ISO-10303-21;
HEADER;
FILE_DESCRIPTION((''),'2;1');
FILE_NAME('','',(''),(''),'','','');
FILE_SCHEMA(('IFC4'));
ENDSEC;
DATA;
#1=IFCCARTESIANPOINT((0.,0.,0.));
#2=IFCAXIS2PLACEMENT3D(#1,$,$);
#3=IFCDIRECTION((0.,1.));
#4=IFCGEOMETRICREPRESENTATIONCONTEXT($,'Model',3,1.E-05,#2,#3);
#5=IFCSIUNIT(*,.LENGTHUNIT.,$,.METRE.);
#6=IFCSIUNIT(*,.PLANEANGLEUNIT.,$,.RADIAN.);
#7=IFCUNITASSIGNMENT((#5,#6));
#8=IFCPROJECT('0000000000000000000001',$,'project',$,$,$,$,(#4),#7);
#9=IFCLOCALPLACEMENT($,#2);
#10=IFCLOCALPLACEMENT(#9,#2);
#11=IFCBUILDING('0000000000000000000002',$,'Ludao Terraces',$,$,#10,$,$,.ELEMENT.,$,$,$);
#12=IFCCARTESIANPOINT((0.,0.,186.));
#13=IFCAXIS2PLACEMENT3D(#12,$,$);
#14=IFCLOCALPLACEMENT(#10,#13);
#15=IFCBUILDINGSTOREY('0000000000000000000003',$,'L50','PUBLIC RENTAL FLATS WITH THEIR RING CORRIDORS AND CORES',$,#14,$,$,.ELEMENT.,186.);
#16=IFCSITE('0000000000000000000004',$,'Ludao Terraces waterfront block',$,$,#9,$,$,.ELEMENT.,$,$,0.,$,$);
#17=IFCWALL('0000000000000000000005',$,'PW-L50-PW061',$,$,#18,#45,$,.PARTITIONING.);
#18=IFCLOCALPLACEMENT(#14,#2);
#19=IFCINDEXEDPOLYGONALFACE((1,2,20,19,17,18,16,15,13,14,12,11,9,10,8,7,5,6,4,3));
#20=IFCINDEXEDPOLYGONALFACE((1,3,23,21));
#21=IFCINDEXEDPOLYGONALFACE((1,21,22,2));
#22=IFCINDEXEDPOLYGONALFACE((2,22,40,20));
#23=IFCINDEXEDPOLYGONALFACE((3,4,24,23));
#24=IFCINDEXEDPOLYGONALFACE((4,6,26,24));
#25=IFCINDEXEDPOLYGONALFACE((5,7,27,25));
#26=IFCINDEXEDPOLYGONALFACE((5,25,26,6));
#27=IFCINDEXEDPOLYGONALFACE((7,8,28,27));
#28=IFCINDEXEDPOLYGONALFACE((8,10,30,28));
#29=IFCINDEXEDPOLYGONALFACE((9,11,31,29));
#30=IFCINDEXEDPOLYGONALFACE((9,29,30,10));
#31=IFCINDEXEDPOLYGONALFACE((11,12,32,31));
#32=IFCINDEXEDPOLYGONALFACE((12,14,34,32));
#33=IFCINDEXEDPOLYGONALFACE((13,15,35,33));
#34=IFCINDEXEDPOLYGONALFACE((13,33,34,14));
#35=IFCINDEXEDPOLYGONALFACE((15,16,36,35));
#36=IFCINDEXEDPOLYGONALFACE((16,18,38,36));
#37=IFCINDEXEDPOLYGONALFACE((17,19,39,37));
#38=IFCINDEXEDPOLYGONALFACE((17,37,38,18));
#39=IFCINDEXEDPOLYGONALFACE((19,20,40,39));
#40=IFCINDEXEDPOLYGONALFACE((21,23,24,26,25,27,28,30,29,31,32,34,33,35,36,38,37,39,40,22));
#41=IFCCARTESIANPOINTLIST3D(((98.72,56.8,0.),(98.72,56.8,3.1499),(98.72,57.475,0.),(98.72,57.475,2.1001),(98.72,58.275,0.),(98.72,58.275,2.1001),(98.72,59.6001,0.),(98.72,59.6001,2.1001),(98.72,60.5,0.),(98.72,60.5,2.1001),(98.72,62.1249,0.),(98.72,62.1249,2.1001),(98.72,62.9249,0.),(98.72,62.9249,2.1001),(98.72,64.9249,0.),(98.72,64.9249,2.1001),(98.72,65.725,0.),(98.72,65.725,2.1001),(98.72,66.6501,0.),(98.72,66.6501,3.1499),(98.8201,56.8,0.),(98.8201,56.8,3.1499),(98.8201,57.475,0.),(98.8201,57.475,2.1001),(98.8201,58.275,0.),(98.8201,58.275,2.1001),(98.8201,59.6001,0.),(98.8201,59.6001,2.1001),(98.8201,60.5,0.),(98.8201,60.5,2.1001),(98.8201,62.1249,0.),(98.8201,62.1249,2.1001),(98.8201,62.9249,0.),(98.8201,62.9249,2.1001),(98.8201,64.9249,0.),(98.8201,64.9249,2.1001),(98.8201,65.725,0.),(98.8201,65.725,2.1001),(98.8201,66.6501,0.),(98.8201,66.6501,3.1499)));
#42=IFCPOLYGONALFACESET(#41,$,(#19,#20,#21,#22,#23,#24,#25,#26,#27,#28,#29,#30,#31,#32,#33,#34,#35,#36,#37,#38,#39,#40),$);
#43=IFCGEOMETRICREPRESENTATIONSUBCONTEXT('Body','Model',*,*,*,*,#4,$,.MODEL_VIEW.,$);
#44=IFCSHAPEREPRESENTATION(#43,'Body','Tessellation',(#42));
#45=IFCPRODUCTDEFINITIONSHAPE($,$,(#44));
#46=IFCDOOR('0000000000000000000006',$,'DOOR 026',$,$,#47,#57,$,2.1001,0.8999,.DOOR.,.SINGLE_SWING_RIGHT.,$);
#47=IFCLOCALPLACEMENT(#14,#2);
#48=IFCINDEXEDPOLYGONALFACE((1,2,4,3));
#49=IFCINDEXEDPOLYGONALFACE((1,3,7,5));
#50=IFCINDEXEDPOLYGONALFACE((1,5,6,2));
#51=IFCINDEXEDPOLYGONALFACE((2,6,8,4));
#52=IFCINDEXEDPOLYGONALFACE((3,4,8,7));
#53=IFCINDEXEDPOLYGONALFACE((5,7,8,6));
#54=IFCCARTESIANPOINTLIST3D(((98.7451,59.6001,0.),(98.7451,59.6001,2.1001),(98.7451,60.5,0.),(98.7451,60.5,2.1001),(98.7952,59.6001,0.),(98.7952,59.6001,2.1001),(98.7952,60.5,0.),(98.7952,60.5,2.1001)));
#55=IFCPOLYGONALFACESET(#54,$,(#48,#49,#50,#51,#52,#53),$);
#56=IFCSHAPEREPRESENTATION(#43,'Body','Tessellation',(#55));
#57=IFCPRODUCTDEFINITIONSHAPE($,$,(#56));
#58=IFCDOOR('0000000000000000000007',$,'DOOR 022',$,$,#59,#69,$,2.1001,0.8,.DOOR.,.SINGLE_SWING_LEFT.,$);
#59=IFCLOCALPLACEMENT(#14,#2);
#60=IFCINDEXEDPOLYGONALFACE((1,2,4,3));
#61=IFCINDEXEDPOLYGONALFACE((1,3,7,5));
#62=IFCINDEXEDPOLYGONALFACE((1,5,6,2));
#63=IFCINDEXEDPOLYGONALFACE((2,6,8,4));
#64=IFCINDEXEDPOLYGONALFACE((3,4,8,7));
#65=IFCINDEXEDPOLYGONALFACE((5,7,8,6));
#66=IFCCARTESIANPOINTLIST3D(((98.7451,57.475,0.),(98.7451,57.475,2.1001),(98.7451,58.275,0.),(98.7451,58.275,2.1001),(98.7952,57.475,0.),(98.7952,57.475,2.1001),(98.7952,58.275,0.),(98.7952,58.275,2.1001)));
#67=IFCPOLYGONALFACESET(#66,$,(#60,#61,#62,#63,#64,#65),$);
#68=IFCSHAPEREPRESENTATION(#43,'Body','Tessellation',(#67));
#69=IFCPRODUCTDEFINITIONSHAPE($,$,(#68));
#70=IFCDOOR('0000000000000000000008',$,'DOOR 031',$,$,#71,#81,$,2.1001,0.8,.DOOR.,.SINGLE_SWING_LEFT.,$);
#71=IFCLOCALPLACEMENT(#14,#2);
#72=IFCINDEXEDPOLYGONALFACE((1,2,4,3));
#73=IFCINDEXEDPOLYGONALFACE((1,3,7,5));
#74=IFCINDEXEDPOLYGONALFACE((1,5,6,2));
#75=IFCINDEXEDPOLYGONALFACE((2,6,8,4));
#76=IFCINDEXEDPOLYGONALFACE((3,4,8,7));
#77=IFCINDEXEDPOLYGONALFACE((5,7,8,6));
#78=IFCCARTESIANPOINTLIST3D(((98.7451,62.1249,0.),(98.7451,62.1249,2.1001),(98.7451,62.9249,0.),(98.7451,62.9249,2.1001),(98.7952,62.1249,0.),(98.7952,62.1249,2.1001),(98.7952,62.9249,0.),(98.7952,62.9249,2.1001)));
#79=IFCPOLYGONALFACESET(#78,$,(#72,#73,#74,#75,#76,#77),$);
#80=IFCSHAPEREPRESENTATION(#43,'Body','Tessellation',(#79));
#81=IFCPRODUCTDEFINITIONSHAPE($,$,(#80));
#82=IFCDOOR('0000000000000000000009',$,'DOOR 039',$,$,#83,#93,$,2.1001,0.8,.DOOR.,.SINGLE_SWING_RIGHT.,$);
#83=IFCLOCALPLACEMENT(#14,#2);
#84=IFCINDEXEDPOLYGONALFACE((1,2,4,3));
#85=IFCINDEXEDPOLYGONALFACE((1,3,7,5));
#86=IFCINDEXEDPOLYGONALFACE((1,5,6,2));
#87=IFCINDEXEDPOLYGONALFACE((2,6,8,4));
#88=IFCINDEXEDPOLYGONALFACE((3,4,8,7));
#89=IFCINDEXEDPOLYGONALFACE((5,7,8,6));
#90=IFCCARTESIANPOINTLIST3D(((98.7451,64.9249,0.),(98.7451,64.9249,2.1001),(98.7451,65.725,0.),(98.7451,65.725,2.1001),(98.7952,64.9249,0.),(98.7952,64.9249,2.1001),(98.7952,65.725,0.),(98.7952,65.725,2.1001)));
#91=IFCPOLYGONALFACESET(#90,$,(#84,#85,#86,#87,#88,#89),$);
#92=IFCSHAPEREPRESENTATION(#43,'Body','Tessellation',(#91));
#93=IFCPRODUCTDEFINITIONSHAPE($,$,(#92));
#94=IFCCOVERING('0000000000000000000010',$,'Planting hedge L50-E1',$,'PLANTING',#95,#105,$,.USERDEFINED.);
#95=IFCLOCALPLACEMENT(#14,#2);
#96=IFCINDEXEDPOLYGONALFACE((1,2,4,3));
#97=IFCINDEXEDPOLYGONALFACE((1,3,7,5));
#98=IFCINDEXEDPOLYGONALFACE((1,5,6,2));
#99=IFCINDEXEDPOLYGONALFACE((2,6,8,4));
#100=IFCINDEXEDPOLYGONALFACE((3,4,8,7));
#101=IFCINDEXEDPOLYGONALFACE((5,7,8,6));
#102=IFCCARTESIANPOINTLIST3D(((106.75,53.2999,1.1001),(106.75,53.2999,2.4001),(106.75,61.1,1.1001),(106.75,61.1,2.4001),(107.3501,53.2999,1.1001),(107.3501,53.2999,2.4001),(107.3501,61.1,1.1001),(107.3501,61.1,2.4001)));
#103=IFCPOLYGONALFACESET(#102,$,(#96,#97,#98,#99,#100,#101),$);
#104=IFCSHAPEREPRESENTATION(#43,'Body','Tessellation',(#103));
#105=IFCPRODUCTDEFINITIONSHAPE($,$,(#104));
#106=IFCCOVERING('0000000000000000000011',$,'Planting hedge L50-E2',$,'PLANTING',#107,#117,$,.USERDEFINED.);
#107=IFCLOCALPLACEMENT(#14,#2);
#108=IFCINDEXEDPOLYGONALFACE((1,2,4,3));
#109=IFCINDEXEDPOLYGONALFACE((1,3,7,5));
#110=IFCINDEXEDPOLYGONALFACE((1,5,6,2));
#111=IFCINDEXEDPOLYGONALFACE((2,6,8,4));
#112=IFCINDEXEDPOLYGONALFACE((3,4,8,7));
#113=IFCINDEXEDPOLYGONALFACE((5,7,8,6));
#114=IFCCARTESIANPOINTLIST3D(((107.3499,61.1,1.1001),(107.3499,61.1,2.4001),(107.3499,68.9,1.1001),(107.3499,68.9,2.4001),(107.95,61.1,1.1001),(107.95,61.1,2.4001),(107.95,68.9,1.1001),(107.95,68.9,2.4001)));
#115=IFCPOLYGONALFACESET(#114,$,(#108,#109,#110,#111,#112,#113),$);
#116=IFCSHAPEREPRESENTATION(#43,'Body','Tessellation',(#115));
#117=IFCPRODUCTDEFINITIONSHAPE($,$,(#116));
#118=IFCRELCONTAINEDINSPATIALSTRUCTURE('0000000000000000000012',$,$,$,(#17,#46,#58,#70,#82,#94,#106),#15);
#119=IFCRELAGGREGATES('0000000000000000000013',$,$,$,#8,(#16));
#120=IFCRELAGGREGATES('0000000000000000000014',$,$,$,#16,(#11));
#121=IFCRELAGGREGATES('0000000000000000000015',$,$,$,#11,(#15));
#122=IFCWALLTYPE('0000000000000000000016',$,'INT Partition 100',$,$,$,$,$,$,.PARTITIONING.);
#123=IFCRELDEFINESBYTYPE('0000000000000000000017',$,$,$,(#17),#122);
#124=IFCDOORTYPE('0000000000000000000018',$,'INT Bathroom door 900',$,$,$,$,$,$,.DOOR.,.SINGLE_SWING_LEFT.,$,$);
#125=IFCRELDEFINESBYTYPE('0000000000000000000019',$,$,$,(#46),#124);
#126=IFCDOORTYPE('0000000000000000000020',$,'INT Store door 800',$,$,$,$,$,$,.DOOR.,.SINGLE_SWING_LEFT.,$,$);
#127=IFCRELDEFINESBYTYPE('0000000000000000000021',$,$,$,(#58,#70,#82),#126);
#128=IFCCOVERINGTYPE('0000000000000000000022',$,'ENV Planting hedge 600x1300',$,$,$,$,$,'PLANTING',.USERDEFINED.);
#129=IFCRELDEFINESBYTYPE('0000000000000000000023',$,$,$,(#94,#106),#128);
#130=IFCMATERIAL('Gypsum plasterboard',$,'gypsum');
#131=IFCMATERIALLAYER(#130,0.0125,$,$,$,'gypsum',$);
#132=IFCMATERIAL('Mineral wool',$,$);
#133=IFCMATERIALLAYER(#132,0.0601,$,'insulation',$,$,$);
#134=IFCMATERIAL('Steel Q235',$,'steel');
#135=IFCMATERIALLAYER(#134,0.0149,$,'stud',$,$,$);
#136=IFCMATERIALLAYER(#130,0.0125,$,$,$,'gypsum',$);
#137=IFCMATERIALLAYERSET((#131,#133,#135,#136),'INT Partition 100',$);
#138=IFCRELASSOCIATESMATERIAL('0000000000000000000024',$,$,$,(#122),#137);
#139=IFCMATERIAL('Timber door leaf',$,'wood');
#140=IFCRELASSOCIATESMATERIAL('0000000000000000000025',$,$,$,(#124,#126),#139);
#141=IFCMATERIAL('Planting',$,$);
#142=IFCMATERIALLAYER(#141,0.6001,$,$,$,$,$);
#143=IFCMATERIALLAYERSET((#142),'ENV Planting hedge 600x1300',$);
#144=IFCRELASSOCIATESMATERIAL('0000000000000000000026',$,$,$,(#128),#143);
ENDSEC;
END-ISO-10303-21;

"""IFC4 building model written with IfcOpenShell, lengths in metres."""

from ifc_helpers import new_model, si_unit, direction, frame, frame_2d, origin, origin_2d, place, context, subcontext, project, spatial, rectangle, extrude, material, layer, layer_set, type_object, element, fill, save


model = new_model("IFC4")

# Units and contexts
model_context = context("Model", 3, precision=1e-05, world=origin(), true_north=direction((0.0, 1.0)))
body_context = subcontext(model_context, "Body", "Model", "MODEL_VIEW")
ifc_project = project(units=[si_unit("LENGTHUNIT", "METRE"), si_unit("PLANEANGLEUNIT", "RADIAN")], contexts=[model_context])

# Site, building, storey
site_placement = place(None, origin())
site = spatial("IfcSite", under=ifc_project, at=site_placement, Name="Ludao Terraces waterfront block", CompositionType="ELEMENT", RefElevation=0.0)
building_placement = place(site_placement, origin())
building = spatial("IfcBuilding", under=site, at=building_placement, Name="Ludao Terraces", CompositionType="ELEMENT")
storey_placement = place(building_placement, frame((0.0, 0.0, 186.0)))
storey = spatial("IfcBuildingStorey", under=building, at=storey_placement, Name="L50", Description="PUBLIC RENTAL FLATS WITH THEIR RING CORRIDORS AND CORES", CompositionType="ELEMENT", Elevation=186.0)

# Shared definitions
ifc_material_1 = material(Name="Mineral wool")

# Shared definitions
ifc_material_2 = material(Name="Gypsum plasterboard", Category="gypsum")
ifc_layer_1 = layer(ifc_material_2, 0.0125, Category="gypsum")
ifc_layer_2 = layer(ifc_material_1, 0.0601, Name="insulation")
ifc_material_3 = material(Name="Steel Q235", Category="steel")
ifc_layer_3 = layer(ifc_material_3, 0.0149, Name="stud")
ifc_layer_4 = layer(ifc_material_2, 0.0125, Category="gypsum")
ifc_layer_set_1 = layer_set([ifc_layer_1, ifc_layer_2, ifc_layer_3, ifc_layer_4], Name="INT Partition 100")
wall_type_1 = type_object("IfcWallType", Name="INT Partition 100", PredefinedType="PARTITIONING", material=ifc_layer_set_1)

# Wall, openings, doors
wall_1_placement = place(storey_placement, frame((98.77, 56.8, 0.0), z_axis=(0.0, 0.0, 1.0), x_axis=(0.0, 1.0, 0.0)))
wall_1 = element("IfcWall", 1, at=wall_1_placement, inside=storey, type_object=wall_type_1, Name="PW-L50-PW061", PredefinedType="PARTITIONING", context=body_context, shape_type="SweptSolid", body=[
    extrude(rectangle(XDim=9.8501, YDim=0.1001, at=frame_2d((4.925, 0.0))), origin(), (0.0, 0.0, 1.0), 3.1499),
])
opening_1_placement = place(wall_1_placement, frame((0.675, 0.0, 0.0)))
opening_1 = element("IfcOpeningElement", 2, at=opening_1_placement, cuts=wall_1, PredefinedType="OPENING", context=body_context, shape_type="SweptSolid", body=[
    extrude(rectangle(XDim=0.8, YDim=2.1001, at=frame_2d((0.3999, 1.05))), frame((0.0, 0.0601, 0.0), z_axis=(0.0, -1.0, 0.0), x_axis=(1.0, 0.0, 0.0)), (0.0, 0.0, 1.0), 0.1201),
])
opening_2_placement = place(wall_1_placement, frame((2.8, 0.0, 0.0)))
opening_2 = element("IfcOpeningElement", 3, at=opening_2_placement, cuts=wall_1, PredefinedType="OPENING", context=body_context, shape_type="SweptSolid", body=[
    extrude(rectangle(XDim=0.8999, YDim=2.1001, at=frame_2d((0.45, 1.05))), frame((0.0, 0.0601, 0.0), z_axis=(0.0, -1.0, 0.0), x_axis=(1.0, 0.0, 0.0)), (0.0, 0.0, 1.0), 0.1201),
])
opening_3_placement = place(wall_1_placement, frame((5.325, 0.0, 0.0)))
opening_3 = element("IfcOpeningElement", 4, at=opening_3_placement, cuts=wall_1, PredefinedType="OPENING", context=body_context, shape_type="SweptSolid", body=[
    extrude(rectangle(XDim=0.8, YDim=2.1001, at=frame_2d((0.3999, 1.05))), frame((0.0, 0.0601, 0.0), z_axis=(0.0, -1.0, 0.0), x_axis=(1.0, 0.0, 0.0)), (0.0, 0.0, 1.0), 0.1201),
])
opening_4_placement = place(wall_1_placement, frame((8.125, 0.0, 0.0)))
opening_4 = element("IfcOpeningElement", 5, at=opening_4_placement, cuts=wall_1, PredefinedType="OPENING", context=body_context, shape_type="SweptSolid", body=[
    extrude(rectangle(XDim=0.8, YDim=2.1001, at=frame_2d((0.3999, 1.05))), frame((0.0, 0.0601, 0.0), z_axis=(0.0, -1.0, 0.0), x_axis=(1.0, 0.0, 0.0)), (0.0, 0.0, 1.0), 0.1201),
])
ifc_material_4 = material(Name="Timber door leaf", Category="wood")
door_type_1 = type_object("IfcDoorType", Name="INT Bathroom door 900", OperationType="SINGLE_SWING_LEFT", PredefinedType="DOOR", material=ifc_material_4)
door_1_placement = place(opening_2_placement, origin())
door_1 = element("IfcDoor", 6, at=door_1_placement, inside=storey, type_object=door_type_1, Name="DOOR 026", OperationType="SINGLE_SWING_RIGHT", OverallHeight=2.1001, OverallWidth=0.8999, PredefinedType="DOOR", context=body_context, shape_type="SweptSolid", body=[
    extrude(rectangle(XDim=0.8999, YDim=2.1001, at=frame_2d((0.45, 1.05))), frame((0.0, 0.0249, 0.0), z_axis=(0.0, -1.0, 0.0), x_axis=(1.0, 0.0, 0.0)), (0.0, 0.0, 1.0), 0.05),
])
fill(opening_2, door_1)
door_type_2 = type_object("IfcDoorType", Name="INT Store door 800", OperationType="SINGLE_SWING_LEFT", PredefinedType="DOOR", material=ifc_material_4)
door_2_placement = place(opening_1_placement, origin())
door_2 = element("IfcDoor", 7, at=door_2_placement, inside=storey, type_object=door_type_2, Name="DOOR 022", OperationType="SINGLE_SWING_LEFT", OverallHeight=2.1001, OverallWidth=0.8, PredefinedType="DOOR", context=body_context, shape_type="SweptSolid", body=[
    extrude(rectangle(XDim=0.8, YDim=2.1001, at=frame_2d((0.3999, 1.05))), frame((0.0, 0.0249, 0.0), z_axis=(0.0, -1.0, 0.0), x_axis=(1.0, 0.0, 0.0)), (0.0, 0.0, 1.0), 0.05),
])
fill(opening_1, door_2)
door_3_placement = place(opening_3_placement, origin())
door_3 = element("IfcDoor", 8, at=door_3_placement, inside=storey, type_object=door_type_2, Name="DOOR 031", OperationType="SINGLE_SWING_LEFT", OverallHeight=2.1001, OverallWidth=0.8, PredefinedType="DOOR", context=body_context, shape_type="SweptSolid", body=[
    extrude(rectangle(XDim=0.8, YDim=2.1001, at=frame_2d((0.3999, 1.05))), frame((0.0, 0.0249, 0.0), z_axis=(0.0, -1.0, 0.0), x_axis=(1.0, 0.0, 0.0)), (0.0, 0.0, 1.0), 0.05),
])
fill(opening_3, door_3)
door_4_placement = place(opening_4_placement, origin())
door_4 = element("IfcDoor", 9, at=door_4_placement, inside=storey, type_object=door_type_2, Name="DOOR 039", OperationType="SINGLE_SWING_RIGHT", OverallHeight=2.1001, OverallWidth=0.8, PredefinedType="DOOR", context=body_context, shape_type="SweptSolid", body=[
    extrude(rectangle(XDim=0.8, YDim=2.1001, at=frame_2d((0.3999, 1.05))), frame((0.0, 0.0249, 0.0), z_axis=(0.0, -1.0, 0.0), x_axis=(1.0, 0.0, 0.0)), (0.0, 0.0, 1.0), 0.05),
])
fill(opening_4, door_4)

# Coverings
ifc_material_5 = material(Name="Planting")
ifc_layer_5 = layer(ifc_material_5, 0.6001)
ifc_layer_set_2 = layer_set([ifc_layer_5], Name="ENV Planting hedge 600x1300")
covering_type = type_object("IfcCoveringType", Name="ENV Planting hedge 600x1300", ElementType="PLANTING", PredefinedType="USERDEFINED", material=ifc_layer_set_2)
for number, where, z_axis, x_axis, name in (
    (10, (107.05, 57.2, 1.1001), (0.0, 0.0, 1.0), (1.0, 0.0, 0.0), "Planting hedge L50-E1"),
    (11, (107.6499, 65.0, 1.1001), (0.0, 0.0, 1.0), (1.0, 0.0, 0.0), "Planting hedge L50-E2"),
):
    element("IfcCovering", number, at=place(storey_placement, frame(where, z_axis=z_axis, x_axis=x_axis)), inside=storey, type_object=covering_type, Name=name, ObjectType="PLANTING", PredefinedType="USERDEFINED", context=body_context, shape_type="SweptSolid", body=[
        extrude(rectangle(XDim=0.6001, YDim=7.8, at=origin_2d()), origin(), (0.0, 0.0, 1.0), 1.3),
    ])

save(model, "model.ifc")
